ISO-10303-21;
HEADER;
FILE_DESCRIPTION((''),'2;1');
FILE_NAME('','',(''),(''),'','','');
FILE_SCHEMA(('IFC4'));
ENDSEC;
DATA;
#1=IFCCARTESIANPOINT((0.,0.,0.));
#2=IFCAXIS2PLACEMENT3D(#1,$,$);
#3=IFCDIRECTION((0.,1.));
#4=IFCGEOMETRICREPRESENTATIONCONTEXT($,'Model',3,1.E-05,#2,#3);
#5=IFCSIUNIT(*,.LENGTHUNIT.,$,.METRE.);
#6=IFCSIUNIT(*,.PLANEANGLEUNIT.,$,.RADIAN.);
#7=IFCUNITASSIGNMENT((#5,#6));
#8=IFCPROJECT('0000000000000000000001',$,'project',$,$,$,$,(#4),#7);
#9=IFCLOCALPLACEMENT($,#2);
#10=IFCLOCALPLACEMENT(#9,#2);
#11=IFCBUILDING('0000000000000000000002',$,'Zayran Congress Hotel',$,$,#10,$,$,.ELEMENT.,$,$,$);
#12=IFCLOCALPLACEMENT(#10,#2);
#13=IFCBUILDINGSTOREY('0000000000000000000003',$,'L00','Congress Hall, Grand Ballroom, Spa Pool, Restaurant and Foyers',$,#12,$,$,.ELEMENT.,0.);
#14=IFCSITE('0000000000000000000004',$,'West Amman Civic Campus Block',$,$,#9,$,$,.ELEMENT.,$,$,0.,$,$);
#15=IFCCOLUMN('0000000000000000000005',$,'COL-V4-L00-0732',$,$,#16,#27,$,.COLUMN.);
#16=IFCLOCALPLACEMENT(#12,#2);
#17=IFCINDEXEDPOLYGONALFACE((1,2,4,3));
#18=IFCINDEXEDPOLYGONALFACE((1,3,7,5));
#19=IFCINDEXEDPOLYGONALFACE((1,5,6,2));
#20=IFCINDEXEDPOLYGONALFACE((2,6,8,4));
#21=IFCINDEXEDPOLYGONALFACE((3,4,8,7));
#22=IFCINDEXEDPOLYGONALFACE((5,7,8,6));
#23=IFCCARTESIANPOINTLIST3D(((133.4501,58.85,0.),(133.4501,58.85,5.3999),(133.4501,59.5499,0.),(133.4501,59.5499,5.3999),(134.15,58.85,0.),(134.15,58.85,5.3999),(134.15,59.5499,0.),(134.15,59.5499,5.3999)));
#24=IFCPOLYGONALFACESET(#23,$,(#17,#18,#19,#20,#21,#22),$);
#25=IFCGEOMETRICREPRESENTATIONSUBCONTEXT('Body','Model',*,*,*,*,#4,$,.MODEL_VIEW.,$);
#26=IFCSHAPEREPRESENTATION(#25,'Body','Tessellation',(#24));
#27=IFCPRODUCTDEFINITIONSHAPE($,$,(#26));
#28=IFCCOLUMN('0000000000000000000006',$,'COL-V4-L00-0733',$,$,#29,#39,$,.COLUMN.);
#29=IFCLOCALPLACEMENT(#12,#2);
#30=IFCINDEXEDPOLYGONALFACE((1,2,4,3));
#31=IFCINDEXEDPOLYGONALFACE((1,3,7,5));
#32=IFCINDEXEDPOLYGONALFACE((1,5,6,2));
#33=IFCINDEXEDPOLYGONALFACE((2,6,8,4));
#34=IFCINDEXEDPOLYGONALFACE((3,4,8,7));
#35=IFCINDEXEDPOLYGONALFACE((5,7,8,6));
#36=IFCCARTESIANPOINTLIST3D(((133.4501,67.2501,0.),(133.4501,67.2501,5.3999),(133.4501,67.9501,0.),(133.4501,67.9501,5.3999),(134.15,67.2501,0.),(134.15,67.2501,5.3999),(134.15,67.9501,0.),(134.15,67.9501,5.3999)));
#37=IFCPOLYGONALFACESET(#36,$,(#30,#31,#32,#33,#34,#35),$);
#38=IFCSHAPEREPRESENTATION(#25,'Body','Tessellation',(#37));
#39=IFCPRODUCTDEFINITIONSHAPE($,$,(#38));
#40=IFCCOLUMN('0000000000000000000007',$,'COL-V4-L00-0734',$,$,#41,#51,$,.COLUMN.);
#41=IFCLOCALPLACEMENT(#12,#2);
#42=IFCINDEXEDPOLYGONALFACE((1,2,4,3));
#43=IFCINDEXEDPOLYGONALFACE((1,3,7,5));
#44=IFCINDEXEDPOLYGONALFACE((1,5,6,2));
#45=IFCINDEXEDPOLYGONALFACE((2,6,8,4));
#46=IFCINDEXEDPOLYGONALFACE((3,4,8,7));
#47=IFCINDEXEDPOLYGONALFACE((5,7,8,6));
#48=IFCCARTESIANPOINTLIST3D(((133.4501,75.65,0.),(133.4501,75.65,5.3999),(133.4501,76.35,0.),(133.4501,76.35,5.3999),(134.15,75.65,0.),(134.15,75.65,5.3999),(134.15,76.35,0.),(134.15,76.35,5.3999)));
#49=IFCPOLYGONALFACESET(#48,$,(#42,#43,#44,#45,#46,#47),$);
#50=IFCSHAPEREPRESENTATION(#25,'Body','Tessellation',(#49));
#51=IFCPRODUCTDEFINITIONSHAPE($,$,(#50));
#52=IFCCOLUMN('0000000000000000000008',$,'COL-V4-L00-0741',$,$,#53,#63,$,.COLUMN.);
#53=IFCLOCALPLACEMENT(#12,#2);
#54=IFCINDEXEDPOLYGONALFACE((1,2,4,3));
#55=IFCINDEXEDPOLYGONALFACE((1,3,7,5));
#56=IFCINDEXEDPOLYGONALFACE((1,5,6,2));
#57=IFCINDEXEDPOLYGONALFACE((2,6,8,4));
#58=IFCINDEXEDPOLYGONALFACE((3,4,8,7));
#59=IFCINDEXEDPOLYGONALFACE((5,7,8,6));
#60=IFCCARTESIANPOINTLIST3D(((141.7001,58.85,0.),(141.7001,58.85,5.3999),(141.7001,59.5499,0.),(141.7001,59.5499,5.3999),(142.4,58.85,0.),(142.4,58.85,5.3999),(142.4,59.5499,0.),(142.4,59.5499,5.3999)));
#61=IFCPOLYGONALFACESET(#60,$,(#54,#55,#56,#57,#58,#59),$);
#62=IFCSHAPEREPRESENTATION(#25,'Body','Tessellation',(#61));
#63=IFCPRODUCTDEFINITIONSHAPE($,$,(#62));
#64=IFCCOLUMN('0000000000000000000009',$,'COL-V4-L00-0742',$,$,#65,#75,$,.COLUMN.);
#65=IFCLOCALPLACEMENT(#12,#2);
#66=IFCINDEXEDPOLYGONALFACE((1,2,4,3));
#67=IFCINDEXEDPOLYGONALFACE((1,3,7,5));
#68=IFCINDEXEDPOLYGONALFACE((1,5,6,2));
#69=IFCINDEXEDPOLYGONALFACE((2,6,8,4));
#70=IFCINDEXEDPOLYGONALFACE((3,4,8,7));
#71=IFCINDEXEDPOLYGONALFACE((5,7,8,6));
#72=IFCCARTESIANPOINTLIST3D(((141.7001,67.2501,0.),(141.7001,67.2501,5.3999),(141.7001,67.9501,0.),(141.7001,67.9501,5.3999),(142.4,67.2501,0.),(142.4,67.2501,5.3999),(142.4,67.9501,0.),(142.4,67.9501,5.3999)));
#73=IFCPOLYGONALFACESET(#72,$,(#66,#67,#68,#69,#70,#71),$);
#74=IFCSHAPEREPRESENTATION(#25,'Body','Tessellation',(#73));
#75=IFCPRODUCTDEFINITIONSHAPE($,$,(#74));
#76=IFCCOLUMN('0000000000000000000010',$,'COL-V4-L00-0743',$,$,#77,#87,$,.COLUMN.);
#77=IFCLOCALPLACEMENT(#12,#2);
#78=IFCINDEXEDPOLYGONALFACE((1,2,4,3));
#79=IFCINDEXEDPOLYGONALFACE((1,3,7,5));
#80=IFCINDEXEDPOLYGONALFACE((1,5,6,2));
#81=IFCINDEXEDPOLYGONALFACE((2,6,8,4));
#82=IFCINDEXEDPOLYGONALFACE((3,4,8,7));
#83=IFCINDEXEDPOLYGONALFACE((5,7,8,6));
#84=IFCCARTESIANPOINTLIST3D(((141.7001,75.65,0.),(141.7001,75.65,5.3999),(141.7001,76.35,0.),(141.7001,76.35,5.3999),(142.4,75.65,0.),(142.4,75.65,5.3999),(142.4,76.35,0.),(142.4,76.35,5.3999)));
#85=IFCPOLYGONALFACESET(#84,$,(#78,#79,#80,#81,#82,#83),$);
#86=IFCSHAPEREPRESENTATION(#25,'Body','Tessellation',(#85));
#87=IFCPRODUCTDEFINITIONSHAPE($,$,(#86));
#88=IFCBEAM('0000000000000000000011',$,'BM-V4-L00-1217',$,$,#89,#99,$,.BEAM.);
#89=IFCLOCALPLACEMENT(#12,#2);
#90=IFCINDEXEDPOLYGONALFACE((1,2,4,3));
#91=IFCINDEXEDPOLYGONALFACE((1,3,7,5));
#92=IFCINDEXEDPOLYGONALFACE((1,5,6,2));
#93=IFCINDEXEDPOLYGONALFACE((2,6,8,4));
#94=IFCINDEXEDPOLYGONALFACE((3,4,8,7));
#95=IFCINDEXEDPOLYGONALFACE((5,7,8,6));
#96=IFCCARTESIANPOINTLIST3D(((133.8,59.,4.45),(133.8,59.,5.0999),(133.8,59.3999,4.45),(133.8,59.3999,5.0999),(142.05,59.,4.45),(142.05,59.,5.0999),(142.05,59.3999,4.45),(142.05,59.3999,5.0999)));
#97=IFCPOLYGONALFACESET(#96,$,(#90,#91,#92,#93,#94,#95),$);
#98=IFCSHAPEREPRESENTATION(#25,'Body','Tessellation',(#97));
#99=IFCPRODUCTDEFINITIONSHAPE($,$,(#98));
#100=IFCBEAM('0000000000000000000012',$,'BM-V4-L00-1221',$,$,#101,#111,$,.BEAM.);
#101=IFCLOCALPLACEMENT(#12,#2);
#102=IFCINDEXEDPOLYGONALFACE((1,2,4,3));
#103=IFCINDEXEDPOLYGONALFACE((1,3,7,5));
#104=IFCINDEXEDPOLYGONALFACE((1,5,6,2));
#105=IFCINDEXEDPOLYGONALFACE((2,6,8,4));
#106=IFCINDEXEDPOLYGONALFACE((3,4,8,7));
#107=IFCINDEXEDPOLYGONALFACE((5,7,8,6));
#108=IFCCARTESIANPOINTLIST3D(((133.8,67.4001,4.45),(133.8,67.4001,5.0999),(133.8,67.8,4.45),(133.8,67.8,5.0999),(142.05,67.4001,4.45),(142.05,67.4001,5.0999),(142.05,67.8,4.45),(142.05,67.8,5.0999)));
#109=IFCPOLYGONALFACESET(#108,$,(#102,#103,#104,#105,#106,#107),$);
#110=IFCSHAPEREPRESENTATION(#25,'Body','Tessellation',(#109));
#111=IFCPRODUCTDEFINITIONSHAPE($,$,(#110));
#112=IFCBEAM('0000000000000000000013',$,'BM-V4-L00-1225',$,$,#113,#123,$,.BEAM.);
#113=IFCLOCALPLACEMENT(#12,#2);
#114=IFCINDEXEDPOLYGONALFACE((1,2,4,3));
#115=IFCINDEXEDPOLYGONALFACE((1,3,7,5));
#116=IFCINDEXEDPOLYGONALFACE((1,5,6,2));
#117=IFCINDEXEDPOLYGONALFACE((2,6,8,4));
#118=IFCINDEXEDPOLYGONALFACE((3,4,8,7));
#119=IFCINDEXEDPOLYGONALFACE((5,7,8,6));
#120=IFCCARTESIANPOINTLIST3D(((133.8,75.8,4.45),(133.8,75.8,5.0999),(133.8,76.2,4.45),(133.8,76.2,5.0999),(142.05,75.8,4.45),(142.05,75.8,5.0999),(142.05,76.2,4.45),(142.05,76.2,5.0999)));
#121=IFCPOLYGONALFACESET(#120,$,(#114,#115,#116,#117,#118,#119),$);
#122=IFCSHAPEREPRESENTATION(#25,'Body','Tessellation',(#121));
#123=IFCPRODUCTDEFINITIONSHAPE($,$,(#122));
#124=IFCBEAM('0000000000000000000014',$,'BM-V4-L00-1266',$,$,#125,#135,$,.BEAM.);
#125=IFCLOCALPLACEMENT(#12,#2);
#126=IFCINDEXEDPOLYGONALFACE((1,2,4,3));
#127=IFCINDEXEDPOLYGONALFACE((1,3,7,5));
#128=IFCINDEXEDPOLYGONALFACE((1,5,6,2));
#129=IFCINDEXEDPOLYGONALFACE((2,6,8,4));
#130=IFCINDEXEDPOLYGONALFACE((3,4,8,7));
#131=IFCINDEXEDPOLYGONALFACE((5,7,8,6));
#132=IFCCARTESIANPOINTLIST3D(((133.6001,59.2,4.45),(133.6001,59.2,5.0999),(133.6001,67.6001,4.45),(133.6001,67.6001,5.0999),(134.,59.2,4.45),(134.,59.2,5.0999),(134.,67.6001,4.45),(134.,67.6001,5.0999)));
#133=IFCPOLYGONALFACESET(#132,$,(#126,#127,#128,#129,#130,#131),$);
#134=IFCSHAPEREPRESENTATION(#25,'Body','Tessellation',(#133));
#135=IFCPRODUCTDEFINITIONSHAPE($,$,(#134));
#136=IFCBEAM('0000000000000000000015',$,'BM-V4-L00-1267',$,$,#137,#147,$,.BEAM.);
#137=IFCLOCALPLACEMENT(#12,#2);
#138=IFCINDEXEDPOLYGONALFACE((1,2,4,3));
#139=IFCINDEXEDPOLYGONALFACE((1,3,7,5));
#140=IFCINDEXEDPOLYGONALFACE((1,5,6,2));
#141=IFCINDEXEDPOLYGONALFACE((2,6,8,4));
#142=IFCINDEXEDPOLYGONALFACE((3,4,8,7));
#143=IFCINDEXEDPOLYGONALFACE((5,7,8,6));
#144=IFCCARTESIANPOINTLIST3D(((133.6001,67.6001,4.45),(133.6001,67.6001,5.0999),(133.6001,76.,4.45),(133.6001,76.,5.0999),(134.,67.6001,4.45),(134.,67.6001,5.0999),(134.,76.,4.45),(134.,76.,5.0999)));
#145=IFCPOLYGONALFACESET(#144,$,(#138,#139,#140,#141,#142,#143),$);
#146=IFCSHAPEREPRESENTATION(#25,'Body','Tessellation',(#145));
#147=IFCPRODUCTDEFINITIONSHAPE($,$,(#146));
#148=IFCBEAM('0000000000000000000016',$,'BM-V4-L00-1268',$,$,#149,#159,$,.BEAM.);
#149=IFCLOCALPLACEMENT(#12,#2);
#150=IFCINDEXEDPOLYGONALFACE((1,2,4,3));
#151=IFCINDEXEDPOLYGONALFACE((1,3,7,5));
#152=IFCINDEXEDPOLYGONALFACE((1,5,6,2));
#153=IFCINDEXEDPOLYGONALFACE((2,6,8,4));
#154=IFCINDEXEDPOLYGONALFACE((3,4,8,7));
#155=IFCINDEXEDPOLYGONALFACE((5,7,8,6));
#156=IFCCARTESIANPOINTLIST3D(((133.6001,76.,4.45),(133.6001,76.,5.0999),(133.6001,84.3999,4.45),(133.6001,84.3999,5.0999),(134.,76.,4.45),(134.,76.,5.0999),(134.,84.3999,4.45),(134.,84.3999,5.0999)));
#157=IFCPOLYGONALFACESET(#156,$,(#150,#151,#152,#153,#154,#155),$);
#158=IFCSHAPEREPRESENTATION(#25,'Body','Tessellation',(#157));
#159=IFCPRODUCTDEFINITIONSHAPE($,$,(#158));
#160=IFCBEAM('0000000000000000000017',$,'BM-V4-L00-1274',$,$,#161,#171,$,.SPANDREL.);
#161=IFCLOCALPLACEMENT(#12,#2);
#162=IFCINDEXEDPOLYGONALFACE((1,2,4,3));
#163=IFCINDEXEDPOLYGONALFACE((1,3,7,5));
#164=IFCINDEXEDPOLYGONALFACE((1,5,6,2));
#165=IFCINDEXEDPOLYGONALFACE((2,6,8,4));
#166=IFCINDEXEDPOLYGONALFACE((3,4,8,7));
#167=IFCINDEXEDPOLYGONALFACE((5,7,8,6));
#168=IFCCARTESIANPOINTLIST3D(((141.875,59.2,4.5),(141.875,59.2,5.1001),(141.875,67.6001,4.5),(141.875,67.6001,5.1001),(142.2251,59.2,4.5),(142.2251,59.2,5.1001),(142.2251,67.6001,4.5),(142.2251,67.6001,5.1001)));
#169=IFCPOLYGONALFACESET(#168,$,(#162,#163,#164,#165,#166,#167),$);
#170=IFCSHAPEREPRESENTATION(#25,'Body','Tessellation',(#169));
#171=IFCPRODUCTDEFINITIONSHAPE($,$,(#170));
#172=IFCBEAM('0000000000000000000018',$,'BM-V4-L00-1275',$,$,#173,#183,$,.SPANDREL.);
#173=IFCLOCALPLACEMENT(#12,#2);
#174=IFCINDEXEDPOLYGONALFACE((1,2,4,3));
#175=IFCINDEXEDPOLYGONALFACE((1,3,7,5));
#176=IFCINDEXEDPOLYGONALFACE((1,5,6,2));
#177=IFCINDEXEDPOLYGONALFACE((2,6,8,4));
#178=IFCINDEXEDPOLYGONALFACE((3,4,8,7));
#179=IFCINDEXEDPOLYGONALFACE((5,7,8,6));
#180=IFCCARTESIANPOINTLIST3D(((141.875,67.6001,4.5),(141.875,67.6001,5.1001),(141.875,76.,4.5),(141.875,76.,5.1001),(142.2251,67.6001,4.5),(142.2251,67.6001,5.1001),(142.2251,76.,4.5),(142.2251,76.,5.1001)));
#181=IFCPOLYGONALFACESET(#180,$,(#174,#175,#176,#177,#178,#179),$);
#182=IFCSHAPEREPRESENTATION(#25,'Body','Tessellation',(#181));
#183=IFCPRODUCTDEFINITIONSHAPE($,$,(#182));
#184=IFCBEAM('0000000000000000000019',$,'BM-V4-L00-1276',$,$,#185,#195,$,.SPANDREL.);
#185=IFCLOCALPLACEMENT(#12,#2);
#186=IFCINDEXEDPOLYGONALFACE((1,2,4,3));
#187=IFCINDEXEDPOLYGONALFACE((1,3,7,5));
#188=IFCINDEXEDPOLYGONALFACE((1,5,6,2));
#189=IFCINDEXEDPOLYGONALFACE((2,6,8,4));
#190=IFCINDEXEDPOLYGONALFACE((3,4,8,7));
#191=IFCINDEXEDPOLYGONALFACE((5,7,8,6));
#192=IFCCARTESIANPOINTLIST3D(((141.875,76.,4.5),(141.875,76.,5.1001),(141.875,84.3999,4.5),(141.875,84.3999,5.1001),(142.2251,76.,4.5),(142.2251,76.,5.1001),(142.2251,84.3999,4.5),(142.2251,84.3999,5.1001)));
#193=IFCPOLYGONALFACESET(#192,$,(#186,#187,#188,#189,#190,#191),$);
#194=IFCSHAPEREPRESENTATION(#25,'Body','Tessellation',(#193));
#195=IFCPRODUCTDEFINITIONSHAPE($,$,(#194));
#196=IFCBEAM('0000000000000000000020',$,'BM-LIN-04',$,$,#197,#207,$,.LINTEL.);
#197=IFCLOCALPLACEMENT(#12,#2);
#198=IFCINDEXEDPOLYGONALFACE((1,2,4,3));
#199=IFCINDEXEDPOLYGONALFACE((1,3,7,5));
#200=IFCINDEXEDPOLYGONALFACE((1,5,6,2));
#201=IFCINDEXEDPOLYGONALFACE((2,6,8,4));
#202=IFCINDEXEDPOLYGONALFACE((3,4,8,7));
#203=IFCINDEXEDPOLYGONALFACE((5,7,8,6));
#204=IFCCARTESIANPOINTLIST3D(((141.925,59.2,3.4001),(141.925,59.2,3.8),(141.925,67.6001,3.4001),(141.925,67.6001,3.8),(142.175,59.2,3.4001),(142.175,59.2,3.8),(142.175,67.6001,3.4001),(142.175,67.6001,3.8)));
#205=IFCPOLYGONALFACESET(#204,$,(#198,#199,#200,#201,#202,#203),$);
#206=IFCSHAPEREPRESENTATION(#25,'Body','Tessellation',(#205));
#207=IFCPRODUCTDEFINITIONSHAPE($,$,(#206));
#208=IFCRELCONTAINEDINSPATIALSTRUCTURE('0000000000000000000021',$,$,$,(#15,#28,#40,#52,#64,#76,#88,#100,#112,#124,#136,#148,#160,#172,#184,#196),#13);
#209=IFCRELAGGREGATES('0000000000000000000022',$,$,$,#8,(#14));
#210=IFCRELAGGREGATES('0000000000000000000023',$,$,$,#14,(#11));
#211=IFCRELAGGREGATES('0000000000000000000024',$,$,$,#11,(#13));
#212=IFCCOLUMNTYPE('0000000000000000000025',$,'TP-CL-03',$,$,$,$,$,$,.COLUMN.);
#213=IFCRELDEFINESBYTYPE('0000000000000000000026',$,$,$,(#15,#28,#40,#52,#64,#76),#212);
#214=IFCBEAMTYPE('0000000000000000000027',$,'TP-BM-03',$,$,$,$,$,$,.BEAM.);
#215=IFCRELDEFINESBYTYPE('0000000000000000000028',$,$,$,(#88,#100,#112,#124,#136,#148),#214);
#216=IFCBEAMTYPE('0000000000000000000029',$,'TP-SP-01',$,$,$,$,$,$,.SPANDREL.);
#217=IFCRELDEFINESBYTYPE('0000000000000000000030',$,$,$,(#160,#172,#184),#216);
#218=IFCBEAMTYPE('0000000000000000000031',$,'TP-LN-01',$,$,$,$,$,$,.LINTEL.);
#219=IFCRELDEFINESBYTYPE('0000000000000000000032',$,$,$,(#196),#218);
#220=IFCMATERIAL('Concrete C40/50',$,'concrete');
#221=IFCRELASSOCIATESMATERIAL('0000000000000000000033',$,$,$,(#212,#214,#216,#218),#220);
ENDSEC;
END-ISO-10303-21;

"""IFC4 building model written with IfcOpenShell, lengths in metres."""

from ifc_helpers import new_model, si_unit, direction, frame, origin, origin_2d, place, context, subcontext, project, spatial, rectangle, extrude, material, material_profile, profile_set, type_object, element, save


model = new_model("IFC4")

# Units and contexts
model_context = context("Model", 3, precision=1e-05, world=origin(), true_north=direction((0.0, 1.0)))
body_context = subcontext(model_context, "Body", "Model", "MODEL_VIEW")
ifc_project = project(units=[si_unit("LENGTHUNIT", "METRE"), si_unit("PLANEANGLEUNIT", "RADIAN")], contexts=[model_context])

# Site, building, storey
site_placement = place(None, origin())
site = spatial("IfcSite", under=ifc_project, at=site_placement, Name="West Amman Civic Campus Block", CompositionType="ELEMENT", RefElevation=0.0)
building_placement = place(site_placement, origin())
building = spatial("IfcBuilding", under=site, at=building_placement, Name="Zayran Congress Hotel", CompositionType="ELEMENT")
storey_placement = place(building_placement, origin())
storey = spatial("IfcBuildingStorey", under=building, at=storey_placement, Name="L00", Description="Congress Hall, Grand Ballroom, Spa Pool, Restaurant and Foyers", CompositionType="ELEMENT", Elevation=0.0)

# Columns
ifc_material_1 = material(Name="Concrete C40/50", Category="concrete")
ifc_material_profile_1 = material_profile(ifc_material_1, rectangle(XDim=0.7, YDim=0.7, at=origin_2d()), Name="RC 700x700")
ifc_profile_set_1 = profile_set([ifc_material_profile_1], Name="Concrete C40/50")
column_type = type_object("IfcColumnType", Name="TP-CL-03", PredefinedType="COLUMN", material=ifc_profile_set_1)
for number, where, z_axis, x_axis, name in (
    (1, (133.8, 59.2, 0.0), (0.0, 0.0, 1.0), (1.0, 0.0, 0.0), "COL-V4-L00-0732"),
    (2, (133.8, 67.6001, 0.0), (0.0, 0.0, 1.0), (1.0, 0.0, 0.0), "COL-V4-L00-0733"),
    (3, (133.8, 76.0, 0.0), (0.0, 0.0, 1.0), (1.0, 0.0, 0.0), "COL-V4-L00-0734"),
    (4, (142.05, 59.2, 0.0), (0.0, 0.0, 1.0), (1.0, 0.0, 0.0), "COL-V4-L00-0741"),
    (5, (142.05, 67.6001, 0.0), (0.0, 0.0, 1.0), (1.0, 0.0, 0.0), "COL-V4-L00-0742"),
    (6, (142.05, 76.0, 0.0), (0.0, 0.0, 1.0), (1.0, 0.0, 0.0), "COL-V4-L00-0743"),
):
    element("IfcColumn", number, at=place(storey_placement, frame(where, z_axis=z_axis, x_axis=x_axis)), inside=storey, type_object=column_type, Name=name, PredefinedType="COLUMN", context=body_context, shape_type="SweptSolid", body=[
        extrude(rectangle(XDim=0.7, YDim=0.7, at=origin_2d()), origin(), (0.0, 0.0, 1.0), 5.3999),
    ])

# Beams
ifc_material_profile_2 = material_profile(ifc_material_1, rectangle(XDim=0.3999, YDim=0.6499, at=origin_2d()), Name="RC 400x650")
ifc_profile_set_2 = profile_set([ifc_material_profile_2], Name="Concrete C40/50")
beam_type_1 = type_object("IfcBeamType", Name="TP-BM-03", PredefinedType="BEAM", material=ifc_profile_set_2)
for number, where, z_axis, x_axis, name in (
    (7, (133.8, 59.2, 4.7749), (1.0, 0.0, 0.0), (0.0, 1.0, 0.0), "BM-V4-L00-1217"),
    (8, (133.8, 67.6001, 4.7749), (1.0, 0.0, 0.0), (0.0, 1.0, 0.0), "BM-V4-L00-1221"),
    (9, (133.8, 76.0, 4.7749), (1.0, 0.0, 0.0), (0.0, 1.0, 0.0), "BM-V4-L00-1225"),
):
    element("IfcBeam", number, at=place(storey_placement, frame(where, z_axis=z_axis, x_axis=x_axis)), inside=storey, type_object=beam_type_1, Name=name, PredefinedType="BEAM", context=body_context, shape_type="SweptSolid", body=[
        extrude(rectangle(XDim=0.3999, YDim=0.6499, at=origin_2d()), origin(), (0.0, 0.0, 1.0), 8.25),
    ])
beam_1_placement = place(storey_placement, frame((133.8, 59.2, 4.7749), z_axis=(0.0, 1.0, 0.0), x_axis=(-1.0, 0.0, 0.0)))
element("IfcBeam", 10, at=beam_1_placement, inside=storey, type_object=beam_type_1, Name="BM-V4-L00-1266", PredefinedType="BEAM", context=body_context, shape_type="SweptSolid", body=[
    extrude(rectangle(XDim=0.3999, YDim=0.6499, at=origin_2d()), origin(), (0.0, 0.0, 1.0), 8.4001),
])
for number, where, z_axis, x_axis, name in (
    (11, (133.8, 67.6001, 4.7749), (0.0, 1.0, 0.0), (-1.0, 0.0, 0.0), "BM-V4-L00-1267"),
    (12, (133.8, 76.0, 4.7749), (0.0, 1.0, 0.0), (-1.0, 0.0, 0.0), "BM-V4-L00-1268"),
):
    element("IfcBeam", number, at=place(storey_placement, frame(where, z_axis=z_axis, x_axis=x_axis)), inside=storey, type_object=beam_type_1, Name=name, PredefinedType="BEAM", context=body_context, shape_type="SweptSolid", body=[
        extrude(rectangle(XDim=0.3999, YDim=0.6499, at=origin_2d()), origin(), (0.0, 0.0, 1.0), 8.3999),
    ])
ifc_material_profile_3 = material_profile(ifc_material_1, rectangle(XDim=0.3501, YDim=0.6001, at=origin_2d()), Name="RC 350x600")
ifc_profile_set_3 = profile_set([ifc_material_profile_3], Name="Concrete C40/50")
beam_type_2 = type_object("IfcBeamType", Name="TP-SP-01", PredefinedType="SPANDREL", material=ifc_profile_set_3)
beam_2_placement = place(storey_placement, frame((142.05, 59.2, 4.8), z_axis=(0.0, 1.0, 0.0), x_axis=(-1.0, 0.0, 0.0)))
element("IfcBeam", 13, at=beam_2_placement, inside=storey, type_object=beam_type_2, Name="BM-V4-L00-1274", PredefinedType="SPANDREL", context=body_context, shape_type="SweptSolid", body=[
    extrude(rectangle(XDim=0.3501, YDim=0.6001, at=origin_2d()), origin(), (0.0, 0.0, 1.0), 8.4001),
])
for number, where, z_axis, x_axis, name in (
    (14, (142.05, 67.6001, 4.8), (0.0, 1.0, 0.0), (-1.0, 0.0, 0.0), "BM-V4-L00-1275"),
    (15, (142.05, 76.0, 4.8), (0.0, 1.0, 0.0), (-1.0, 0.0, 0.0), "BM-V4-L00-1276"),
):
    element("IfcBeam", number, at=place(storey_placement, frame(where, z_axis=z_axis, x_axis=x_axis)), inside=storey, type_object=beam_type_2, Name=name, PredefinedType="SPANDREL", context=body_context, shape_type="SweptSolid", body=[
        extrude(rectangle(XDim=0.3501, YDim=0.6001, at=origin_2d()), origin(), (0.0, 0.0, 1.0), 8.3999),
    ])
ifc_material_profile_4 = material_profile(ifc_material_1, rectangle(XDim=0.25, YDim=0.3999, at=origin_2d()), Name="RC 250x400")
ifc_profile_set_4 = profile_set([ifc_material_profile_4], Name="Concrete C40/50")
beam_type_3 = type_object("IfcBeamType", Name="TP-LN-01", PredefinedType="LINTEL", material=ifc_profile_set_4)
beam_3_placement = place(storey_placement, frame((142.05, 59.2, 3.6001), z_axis=(0.0, 1.0, 0.0), x_axis=(-1.0, 0.0, 0.0)))
element("IfcBeam", 16, at=beam_3_placement, inside=storey, type_object=beam_type_3, Name="BM-LIN-04", PredefinedType="LINTEL", context=body_context, shape_type="SweptSolid", body=[
    extrude(rectangle(XDim=0.25, YDim=0.3999, at=origin_2d()), origin(), (0.0, 0.0, 1.0), 8.4001),
])

save(model, "model.ifc")
